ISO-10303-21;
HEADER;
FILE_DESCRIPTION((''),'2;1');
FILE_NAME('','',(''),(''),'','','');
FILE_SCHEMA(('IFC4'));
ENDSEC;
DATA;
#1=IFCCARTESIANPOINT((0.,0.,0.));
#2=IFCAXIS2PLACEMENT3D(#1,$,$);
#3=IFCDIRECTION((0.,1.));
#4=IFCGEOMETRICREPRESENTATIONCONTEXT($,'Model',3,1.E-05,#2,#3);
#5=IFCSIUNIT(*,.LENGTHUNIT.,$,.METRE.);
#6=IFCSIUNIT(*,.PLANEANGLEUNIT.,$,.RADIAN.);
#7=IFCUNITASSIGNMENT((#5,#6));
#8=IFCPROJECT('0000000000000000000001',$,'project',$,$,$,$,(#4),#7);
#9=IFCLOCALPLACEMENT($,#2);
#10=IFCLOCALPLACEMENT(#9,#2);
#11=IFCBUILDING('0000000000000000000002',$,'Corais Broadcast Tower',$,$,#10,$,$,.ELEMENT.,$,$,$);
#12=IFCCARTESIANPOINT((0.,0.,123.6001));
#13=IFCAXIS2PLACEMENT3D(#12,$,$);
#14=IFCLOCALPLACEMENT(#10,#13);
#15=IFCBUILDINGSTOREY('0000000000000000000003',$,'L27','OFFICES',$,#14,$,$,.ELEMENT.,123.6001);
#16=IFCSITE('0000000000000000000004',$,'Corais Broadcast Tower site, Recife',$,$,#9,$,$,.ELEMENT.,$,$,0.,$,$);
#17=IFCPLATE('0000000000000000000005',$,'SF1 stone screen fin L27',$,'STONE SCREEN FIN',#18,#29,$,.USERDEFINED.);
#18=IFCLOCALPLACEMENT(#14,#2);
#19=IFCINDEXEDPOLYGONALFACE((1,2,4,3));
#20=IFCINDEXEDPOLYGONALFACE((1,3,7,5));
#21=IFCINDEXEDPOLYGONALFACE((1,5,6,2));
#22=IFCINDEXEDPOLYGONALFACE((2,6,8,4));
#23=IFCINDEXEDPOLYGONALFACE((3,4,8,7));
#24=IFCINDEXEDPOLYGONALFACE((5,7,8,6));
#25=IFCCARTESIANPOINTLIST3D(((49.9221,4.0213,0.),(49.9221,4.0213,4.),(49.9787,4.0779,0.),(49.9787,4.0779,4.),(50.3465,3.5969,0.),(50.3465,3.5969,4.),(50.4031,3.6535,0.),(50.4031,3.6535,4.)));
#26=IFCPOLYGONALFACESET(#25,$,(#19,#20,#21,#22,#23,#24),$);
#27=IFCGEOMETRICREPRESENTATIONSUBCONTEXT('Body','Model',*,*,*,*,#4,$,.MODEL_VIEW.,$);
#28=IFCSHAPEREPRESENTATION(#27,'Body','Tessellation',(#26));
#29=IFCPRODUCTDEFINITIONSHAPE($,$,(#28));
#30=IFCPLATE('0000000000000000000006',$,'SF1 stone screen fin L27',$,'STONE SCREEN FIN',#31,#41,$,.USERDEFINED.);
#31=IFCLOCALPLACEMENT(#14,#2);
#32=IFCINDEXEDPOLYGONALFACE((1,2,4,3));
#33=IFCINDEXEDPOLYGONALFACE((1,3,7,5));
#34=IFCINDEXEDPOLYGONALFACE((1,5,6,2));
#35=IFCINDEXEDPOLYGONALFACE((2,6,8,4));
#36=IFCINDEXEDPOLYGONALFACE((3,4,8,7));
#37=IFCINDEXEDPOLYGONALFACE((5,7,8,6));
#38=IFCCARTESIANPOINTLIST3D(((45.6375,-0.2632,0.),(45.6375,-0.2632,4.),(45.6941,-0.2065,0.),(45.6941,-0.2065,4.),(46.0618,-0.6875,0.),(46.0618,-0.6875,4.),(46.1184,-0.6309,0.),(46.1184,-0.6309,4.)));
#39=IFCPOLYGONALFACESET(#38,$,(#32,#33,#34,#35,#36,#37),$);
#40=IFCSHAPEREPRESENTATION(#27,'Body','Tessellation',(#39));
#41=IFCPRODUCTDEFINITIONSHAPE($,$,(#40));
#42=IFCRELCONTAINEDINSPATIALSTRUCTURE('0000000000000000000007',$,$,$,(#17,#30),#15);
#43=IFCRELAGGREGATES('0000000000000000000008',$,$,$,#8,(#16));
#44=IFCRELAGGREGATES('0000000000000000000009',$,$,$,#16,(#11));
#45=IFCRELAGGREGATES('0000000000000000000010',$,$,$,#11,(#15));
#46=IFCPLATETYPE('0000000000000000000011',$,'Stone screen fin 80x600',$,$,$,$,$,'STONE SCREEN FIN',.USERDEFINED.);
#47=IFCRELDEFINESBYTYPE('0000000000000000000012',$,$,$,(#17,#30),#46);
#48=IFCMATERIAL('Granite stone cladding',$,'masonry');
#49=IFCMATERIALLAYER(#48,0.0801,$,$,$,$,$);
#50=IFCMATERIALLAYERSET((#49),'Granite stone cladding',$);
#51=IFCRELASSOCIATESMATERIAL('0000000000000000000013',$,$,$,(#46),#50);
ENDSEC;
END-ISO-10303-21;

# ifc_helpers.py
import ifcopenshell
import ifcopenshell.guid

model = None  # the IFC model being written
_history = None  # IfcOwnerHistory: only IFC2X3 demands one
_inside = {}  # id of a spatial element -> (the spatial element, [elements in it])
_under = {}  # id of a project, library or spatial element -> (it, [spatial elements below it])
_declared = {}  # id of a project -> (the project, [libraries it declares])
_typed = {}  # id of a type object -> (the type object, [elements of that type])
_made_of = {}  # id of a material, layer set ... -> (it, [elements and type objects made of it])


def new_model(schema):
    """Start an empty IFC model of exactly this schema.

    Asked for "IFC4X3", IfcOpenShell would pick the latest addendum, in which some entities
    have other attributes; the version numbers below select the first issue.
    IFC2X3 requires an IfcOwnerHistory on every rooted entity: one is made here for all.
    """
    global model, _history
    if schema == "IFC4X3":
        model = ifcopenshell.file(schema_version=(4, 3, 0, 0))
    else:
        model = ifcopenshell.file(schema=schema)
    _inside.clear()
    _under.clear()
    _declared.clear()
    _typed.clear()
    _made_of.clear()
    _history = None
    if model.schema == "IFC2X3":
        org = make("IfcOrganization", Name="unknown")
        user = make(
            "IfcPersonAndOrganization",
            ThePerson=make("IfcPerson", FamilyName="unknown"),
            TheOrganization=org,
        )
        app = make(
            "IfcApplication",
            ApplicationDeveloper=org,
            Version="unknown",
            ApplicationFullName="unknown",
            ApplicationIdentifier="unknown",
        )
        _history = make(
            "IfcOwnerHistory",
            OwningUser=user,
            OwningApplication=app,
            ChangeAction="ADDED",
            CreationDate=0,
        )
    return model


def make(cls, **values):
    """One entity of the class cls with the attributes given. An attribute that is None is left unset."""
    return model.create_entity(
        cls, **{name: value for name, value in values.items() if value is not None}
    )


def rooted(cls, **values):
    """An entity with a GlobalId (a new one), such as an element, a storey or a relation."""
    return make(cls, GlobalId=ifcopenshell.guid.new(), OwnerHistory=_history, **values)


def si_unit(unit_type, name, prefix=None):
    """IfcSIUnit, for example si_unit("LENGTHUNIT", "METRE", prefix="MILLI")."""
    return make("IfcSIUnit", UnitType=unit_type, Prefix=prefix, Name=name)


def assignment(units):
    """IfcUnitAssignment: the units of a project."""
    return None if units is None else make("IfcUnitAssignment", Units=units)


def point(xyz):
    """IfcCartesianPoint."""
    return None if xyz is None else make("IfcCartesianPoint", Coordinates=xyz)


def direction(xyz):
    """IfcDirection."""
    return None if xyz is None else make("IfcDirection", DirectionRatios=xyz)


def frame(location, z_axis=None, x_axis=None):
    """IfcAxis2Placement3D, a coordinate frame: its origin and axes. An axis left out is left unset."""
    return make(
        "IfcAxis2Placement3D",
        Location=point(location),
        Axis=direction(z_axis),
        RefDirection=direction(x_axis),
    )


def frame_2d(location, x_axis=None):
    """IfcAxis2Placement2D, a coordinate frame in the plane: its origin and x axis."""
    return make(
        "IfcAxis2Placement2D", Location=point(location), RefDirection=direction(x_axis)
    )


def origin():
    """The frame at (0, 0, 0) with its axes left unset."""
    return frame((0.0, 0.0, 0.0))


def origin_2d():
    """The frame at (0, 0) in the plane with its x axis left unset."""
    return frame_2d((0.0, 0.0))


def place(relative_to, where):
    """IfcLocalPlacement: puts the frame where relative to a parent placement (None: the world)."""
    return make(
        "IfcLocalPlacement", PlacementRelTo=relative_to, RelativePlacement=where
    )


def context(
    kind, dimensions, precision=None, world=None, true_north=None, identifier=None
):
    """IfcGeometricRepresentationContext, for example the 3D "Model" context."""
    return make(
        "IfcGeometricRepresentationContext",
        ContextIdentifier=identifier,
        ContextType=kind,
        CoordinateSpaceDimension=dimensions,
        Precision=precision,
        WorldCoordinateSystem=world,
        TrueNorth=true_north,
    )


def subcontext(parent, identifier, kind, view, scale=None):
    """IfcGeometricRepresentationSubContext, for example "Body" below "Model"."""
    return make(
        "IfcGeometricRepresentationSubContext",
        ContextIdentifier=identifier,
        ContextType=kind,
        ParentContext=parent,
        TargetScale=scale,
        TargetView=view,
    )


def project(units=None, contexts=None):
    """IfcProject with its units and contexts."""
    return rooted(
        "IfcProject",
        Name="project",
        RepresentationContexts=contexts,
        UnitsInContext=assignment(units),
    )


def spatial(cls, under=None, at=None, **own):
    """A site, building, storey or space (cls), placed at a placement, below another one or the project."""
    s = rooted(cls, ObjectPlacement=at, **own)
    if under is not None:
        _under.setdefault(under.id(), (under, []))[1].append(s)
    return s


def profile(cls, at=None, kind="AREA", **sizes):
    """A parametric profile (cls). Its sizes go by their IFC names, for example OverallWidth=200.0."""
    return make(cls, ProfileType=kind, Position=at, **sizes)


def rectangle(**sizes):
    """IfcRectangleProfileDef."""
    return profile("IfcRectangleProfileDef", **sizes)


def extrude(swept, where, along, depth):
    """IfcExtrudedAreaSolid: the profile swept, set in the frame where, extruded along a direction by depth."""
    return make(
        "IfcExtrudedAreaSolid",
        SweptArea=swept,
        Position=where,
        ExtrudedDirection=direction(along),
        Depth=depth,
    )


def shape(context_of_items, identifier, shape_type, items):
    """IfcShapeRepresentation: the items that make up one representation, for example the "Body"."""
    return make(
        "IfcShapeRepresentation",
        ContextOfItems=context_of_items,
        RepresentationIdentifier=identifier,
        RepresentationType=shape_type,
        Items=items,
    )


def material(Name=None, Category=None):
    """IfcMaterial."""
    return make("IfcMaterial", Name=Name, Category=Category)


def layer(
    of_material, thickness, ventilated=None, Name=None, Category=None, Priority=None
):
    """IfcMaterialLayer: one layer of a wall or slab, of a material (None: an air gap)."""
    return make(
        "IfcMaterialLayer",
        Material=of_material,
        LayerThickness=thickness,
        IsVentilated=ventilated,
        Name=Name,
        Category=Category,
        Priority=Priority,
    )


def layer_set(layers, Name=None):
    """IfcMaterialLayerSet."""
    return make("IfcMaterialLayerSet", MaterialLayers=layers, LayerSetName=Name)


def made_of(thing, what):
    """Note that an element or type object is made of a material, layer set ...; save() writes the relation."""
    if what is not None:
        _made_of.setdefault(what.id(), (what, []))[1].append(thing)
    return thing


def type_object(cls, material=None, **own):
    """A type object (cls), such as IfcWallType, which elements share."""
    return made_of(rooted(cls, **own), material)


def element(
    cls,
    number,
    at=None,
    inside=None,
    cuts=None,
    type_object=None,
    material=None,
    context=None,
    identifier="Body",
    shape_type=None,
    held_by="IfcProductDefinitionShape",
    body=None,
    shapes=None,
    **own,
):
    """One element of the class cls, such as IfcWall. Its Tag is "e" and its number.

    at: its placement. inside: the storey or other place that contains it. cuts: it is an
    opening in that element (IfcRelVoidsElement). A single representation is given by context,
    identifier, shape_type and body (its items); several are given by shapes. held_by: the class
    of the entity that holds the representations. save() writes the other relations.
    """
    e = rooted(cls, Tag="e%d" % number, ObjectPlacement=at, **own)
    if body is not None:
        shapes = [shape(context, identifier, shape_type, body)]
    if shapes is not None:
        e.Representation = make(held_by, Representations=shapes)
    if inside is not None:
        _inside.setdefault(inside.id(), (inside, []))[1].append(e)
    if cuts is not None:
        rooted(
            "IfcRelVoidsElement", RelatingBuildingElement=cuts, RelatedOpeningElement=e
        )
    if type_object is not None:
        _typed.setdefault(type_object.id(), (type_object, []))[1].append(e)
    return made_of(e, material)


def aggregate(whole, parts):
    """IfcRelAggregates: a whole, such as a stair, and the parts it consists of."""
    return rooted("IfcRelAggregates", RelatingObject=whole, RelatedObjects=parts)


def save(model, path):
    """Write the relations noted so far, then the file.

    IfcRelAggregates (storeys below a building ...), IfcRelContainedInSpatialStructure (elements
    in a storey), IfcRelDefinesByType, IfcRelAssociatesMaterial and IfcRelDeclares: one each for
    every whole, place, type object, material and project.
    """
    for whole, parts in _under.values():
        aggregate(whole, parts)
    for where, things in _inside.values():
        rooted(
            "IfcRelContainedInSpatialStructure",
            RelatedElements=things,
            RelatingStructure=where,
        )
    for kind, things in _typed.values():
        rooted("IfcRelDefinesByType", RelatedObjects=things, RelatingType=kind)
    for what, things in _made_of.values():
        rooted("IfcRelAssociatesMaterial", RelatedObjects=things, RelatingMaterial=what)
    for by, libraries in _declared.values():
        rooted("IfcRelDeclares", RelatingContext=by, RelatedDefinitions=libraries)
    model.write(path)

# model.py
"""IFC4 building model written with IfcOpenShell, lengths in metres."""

from ifc_helpers import new_model, si_unit, direction, frame, origin, origin_2d, place, context, subcontext, project, spatial, rectangle, extrude, material, layer, layer_set, type_object, element, save


model = new_model("IFC4")

# Units and contexts
model_context = context("Model", 3, precision=1e-05, world=origin(), true_north=direction((0.0, 1.0)))
body_context = subcontext(model_context, "Body", "Model", "MODEL_VIEW")
ifc_project = project(units=[si_unit("LENGTHUNIT", "METRE"), si_unit("PLANEANGLEUNIT", "RADIAN")], contexts=[model_context])

# Site, building, storey
site_placement = place(None, origin())
site = spatial("IfcSite", under=ifc_project, at=site_placement, Name="Corais Broadcast Tower site, Recife", CompositionType="ELEMENT", RefElevation=0.0)
building_placement = place(site_placement, origin())
building = spatial("IfcBuilding", under=site, at=building_placement, Name="Corais Broadcast Tower", CompositionType="ELEMENT")
storey_placement = place(building_placement, frame((0.0, 0.0, 123.6001)))
storey = spatial("IfcBuildingStorey", under=building, at=storey_placement, Name="L27", Description="OFFICES", CompositionType="ELEMENT", Elevation=123.6001)

# Plates
ifc_material_1 = material(Name="Granite stone cladding", Category="masonry")
ifc_layer_1 = layer(ifc_material_1, 0.0801)
ifc_layer_set_1 = layer_set([ifc_layer_1], Name="Granite stone cladding")
plate_type_1 = type_object("IfcPlateType", Name="Stone screen fin 80x600", ElementType="STONE SCREEN FIN", PredefinedType="USERDEFINED", material=ifc_layer_set_1)
for number, where, z_axis, x_axis, name in (
    (1, (50.1626, 3.8374, 0.0), (0.0, 0.0, 1.0), (-0.707107, -0.707107, 0.0), "SF1 stone screen fin L27"),
    (2, (45.8779, -0.447, 0.0), (0.0, 0.0, 1.0), (-0.707107, -0.707107, 0.0), "SF1 stone screen fin L27"),
):
    element("IfcPlate", number, at=place(storey_placement, frame(where, z_axis=z_axis, x_axis=x_axis)), inside=storey, type_object=plate_type_1, Name=name, ObjectType="STONE SCREEN FIN", PredefinedType="USERDEFINED", context=body_context, shape_type="SweptSolid", body=[
        extrude(rectangle(XDim=0.0801, YDim=0.6001, at=origin_2d()), origin(), (0.0, 0.0, 1.0), 4.0),
    ])

save(model, "model.ifc")
